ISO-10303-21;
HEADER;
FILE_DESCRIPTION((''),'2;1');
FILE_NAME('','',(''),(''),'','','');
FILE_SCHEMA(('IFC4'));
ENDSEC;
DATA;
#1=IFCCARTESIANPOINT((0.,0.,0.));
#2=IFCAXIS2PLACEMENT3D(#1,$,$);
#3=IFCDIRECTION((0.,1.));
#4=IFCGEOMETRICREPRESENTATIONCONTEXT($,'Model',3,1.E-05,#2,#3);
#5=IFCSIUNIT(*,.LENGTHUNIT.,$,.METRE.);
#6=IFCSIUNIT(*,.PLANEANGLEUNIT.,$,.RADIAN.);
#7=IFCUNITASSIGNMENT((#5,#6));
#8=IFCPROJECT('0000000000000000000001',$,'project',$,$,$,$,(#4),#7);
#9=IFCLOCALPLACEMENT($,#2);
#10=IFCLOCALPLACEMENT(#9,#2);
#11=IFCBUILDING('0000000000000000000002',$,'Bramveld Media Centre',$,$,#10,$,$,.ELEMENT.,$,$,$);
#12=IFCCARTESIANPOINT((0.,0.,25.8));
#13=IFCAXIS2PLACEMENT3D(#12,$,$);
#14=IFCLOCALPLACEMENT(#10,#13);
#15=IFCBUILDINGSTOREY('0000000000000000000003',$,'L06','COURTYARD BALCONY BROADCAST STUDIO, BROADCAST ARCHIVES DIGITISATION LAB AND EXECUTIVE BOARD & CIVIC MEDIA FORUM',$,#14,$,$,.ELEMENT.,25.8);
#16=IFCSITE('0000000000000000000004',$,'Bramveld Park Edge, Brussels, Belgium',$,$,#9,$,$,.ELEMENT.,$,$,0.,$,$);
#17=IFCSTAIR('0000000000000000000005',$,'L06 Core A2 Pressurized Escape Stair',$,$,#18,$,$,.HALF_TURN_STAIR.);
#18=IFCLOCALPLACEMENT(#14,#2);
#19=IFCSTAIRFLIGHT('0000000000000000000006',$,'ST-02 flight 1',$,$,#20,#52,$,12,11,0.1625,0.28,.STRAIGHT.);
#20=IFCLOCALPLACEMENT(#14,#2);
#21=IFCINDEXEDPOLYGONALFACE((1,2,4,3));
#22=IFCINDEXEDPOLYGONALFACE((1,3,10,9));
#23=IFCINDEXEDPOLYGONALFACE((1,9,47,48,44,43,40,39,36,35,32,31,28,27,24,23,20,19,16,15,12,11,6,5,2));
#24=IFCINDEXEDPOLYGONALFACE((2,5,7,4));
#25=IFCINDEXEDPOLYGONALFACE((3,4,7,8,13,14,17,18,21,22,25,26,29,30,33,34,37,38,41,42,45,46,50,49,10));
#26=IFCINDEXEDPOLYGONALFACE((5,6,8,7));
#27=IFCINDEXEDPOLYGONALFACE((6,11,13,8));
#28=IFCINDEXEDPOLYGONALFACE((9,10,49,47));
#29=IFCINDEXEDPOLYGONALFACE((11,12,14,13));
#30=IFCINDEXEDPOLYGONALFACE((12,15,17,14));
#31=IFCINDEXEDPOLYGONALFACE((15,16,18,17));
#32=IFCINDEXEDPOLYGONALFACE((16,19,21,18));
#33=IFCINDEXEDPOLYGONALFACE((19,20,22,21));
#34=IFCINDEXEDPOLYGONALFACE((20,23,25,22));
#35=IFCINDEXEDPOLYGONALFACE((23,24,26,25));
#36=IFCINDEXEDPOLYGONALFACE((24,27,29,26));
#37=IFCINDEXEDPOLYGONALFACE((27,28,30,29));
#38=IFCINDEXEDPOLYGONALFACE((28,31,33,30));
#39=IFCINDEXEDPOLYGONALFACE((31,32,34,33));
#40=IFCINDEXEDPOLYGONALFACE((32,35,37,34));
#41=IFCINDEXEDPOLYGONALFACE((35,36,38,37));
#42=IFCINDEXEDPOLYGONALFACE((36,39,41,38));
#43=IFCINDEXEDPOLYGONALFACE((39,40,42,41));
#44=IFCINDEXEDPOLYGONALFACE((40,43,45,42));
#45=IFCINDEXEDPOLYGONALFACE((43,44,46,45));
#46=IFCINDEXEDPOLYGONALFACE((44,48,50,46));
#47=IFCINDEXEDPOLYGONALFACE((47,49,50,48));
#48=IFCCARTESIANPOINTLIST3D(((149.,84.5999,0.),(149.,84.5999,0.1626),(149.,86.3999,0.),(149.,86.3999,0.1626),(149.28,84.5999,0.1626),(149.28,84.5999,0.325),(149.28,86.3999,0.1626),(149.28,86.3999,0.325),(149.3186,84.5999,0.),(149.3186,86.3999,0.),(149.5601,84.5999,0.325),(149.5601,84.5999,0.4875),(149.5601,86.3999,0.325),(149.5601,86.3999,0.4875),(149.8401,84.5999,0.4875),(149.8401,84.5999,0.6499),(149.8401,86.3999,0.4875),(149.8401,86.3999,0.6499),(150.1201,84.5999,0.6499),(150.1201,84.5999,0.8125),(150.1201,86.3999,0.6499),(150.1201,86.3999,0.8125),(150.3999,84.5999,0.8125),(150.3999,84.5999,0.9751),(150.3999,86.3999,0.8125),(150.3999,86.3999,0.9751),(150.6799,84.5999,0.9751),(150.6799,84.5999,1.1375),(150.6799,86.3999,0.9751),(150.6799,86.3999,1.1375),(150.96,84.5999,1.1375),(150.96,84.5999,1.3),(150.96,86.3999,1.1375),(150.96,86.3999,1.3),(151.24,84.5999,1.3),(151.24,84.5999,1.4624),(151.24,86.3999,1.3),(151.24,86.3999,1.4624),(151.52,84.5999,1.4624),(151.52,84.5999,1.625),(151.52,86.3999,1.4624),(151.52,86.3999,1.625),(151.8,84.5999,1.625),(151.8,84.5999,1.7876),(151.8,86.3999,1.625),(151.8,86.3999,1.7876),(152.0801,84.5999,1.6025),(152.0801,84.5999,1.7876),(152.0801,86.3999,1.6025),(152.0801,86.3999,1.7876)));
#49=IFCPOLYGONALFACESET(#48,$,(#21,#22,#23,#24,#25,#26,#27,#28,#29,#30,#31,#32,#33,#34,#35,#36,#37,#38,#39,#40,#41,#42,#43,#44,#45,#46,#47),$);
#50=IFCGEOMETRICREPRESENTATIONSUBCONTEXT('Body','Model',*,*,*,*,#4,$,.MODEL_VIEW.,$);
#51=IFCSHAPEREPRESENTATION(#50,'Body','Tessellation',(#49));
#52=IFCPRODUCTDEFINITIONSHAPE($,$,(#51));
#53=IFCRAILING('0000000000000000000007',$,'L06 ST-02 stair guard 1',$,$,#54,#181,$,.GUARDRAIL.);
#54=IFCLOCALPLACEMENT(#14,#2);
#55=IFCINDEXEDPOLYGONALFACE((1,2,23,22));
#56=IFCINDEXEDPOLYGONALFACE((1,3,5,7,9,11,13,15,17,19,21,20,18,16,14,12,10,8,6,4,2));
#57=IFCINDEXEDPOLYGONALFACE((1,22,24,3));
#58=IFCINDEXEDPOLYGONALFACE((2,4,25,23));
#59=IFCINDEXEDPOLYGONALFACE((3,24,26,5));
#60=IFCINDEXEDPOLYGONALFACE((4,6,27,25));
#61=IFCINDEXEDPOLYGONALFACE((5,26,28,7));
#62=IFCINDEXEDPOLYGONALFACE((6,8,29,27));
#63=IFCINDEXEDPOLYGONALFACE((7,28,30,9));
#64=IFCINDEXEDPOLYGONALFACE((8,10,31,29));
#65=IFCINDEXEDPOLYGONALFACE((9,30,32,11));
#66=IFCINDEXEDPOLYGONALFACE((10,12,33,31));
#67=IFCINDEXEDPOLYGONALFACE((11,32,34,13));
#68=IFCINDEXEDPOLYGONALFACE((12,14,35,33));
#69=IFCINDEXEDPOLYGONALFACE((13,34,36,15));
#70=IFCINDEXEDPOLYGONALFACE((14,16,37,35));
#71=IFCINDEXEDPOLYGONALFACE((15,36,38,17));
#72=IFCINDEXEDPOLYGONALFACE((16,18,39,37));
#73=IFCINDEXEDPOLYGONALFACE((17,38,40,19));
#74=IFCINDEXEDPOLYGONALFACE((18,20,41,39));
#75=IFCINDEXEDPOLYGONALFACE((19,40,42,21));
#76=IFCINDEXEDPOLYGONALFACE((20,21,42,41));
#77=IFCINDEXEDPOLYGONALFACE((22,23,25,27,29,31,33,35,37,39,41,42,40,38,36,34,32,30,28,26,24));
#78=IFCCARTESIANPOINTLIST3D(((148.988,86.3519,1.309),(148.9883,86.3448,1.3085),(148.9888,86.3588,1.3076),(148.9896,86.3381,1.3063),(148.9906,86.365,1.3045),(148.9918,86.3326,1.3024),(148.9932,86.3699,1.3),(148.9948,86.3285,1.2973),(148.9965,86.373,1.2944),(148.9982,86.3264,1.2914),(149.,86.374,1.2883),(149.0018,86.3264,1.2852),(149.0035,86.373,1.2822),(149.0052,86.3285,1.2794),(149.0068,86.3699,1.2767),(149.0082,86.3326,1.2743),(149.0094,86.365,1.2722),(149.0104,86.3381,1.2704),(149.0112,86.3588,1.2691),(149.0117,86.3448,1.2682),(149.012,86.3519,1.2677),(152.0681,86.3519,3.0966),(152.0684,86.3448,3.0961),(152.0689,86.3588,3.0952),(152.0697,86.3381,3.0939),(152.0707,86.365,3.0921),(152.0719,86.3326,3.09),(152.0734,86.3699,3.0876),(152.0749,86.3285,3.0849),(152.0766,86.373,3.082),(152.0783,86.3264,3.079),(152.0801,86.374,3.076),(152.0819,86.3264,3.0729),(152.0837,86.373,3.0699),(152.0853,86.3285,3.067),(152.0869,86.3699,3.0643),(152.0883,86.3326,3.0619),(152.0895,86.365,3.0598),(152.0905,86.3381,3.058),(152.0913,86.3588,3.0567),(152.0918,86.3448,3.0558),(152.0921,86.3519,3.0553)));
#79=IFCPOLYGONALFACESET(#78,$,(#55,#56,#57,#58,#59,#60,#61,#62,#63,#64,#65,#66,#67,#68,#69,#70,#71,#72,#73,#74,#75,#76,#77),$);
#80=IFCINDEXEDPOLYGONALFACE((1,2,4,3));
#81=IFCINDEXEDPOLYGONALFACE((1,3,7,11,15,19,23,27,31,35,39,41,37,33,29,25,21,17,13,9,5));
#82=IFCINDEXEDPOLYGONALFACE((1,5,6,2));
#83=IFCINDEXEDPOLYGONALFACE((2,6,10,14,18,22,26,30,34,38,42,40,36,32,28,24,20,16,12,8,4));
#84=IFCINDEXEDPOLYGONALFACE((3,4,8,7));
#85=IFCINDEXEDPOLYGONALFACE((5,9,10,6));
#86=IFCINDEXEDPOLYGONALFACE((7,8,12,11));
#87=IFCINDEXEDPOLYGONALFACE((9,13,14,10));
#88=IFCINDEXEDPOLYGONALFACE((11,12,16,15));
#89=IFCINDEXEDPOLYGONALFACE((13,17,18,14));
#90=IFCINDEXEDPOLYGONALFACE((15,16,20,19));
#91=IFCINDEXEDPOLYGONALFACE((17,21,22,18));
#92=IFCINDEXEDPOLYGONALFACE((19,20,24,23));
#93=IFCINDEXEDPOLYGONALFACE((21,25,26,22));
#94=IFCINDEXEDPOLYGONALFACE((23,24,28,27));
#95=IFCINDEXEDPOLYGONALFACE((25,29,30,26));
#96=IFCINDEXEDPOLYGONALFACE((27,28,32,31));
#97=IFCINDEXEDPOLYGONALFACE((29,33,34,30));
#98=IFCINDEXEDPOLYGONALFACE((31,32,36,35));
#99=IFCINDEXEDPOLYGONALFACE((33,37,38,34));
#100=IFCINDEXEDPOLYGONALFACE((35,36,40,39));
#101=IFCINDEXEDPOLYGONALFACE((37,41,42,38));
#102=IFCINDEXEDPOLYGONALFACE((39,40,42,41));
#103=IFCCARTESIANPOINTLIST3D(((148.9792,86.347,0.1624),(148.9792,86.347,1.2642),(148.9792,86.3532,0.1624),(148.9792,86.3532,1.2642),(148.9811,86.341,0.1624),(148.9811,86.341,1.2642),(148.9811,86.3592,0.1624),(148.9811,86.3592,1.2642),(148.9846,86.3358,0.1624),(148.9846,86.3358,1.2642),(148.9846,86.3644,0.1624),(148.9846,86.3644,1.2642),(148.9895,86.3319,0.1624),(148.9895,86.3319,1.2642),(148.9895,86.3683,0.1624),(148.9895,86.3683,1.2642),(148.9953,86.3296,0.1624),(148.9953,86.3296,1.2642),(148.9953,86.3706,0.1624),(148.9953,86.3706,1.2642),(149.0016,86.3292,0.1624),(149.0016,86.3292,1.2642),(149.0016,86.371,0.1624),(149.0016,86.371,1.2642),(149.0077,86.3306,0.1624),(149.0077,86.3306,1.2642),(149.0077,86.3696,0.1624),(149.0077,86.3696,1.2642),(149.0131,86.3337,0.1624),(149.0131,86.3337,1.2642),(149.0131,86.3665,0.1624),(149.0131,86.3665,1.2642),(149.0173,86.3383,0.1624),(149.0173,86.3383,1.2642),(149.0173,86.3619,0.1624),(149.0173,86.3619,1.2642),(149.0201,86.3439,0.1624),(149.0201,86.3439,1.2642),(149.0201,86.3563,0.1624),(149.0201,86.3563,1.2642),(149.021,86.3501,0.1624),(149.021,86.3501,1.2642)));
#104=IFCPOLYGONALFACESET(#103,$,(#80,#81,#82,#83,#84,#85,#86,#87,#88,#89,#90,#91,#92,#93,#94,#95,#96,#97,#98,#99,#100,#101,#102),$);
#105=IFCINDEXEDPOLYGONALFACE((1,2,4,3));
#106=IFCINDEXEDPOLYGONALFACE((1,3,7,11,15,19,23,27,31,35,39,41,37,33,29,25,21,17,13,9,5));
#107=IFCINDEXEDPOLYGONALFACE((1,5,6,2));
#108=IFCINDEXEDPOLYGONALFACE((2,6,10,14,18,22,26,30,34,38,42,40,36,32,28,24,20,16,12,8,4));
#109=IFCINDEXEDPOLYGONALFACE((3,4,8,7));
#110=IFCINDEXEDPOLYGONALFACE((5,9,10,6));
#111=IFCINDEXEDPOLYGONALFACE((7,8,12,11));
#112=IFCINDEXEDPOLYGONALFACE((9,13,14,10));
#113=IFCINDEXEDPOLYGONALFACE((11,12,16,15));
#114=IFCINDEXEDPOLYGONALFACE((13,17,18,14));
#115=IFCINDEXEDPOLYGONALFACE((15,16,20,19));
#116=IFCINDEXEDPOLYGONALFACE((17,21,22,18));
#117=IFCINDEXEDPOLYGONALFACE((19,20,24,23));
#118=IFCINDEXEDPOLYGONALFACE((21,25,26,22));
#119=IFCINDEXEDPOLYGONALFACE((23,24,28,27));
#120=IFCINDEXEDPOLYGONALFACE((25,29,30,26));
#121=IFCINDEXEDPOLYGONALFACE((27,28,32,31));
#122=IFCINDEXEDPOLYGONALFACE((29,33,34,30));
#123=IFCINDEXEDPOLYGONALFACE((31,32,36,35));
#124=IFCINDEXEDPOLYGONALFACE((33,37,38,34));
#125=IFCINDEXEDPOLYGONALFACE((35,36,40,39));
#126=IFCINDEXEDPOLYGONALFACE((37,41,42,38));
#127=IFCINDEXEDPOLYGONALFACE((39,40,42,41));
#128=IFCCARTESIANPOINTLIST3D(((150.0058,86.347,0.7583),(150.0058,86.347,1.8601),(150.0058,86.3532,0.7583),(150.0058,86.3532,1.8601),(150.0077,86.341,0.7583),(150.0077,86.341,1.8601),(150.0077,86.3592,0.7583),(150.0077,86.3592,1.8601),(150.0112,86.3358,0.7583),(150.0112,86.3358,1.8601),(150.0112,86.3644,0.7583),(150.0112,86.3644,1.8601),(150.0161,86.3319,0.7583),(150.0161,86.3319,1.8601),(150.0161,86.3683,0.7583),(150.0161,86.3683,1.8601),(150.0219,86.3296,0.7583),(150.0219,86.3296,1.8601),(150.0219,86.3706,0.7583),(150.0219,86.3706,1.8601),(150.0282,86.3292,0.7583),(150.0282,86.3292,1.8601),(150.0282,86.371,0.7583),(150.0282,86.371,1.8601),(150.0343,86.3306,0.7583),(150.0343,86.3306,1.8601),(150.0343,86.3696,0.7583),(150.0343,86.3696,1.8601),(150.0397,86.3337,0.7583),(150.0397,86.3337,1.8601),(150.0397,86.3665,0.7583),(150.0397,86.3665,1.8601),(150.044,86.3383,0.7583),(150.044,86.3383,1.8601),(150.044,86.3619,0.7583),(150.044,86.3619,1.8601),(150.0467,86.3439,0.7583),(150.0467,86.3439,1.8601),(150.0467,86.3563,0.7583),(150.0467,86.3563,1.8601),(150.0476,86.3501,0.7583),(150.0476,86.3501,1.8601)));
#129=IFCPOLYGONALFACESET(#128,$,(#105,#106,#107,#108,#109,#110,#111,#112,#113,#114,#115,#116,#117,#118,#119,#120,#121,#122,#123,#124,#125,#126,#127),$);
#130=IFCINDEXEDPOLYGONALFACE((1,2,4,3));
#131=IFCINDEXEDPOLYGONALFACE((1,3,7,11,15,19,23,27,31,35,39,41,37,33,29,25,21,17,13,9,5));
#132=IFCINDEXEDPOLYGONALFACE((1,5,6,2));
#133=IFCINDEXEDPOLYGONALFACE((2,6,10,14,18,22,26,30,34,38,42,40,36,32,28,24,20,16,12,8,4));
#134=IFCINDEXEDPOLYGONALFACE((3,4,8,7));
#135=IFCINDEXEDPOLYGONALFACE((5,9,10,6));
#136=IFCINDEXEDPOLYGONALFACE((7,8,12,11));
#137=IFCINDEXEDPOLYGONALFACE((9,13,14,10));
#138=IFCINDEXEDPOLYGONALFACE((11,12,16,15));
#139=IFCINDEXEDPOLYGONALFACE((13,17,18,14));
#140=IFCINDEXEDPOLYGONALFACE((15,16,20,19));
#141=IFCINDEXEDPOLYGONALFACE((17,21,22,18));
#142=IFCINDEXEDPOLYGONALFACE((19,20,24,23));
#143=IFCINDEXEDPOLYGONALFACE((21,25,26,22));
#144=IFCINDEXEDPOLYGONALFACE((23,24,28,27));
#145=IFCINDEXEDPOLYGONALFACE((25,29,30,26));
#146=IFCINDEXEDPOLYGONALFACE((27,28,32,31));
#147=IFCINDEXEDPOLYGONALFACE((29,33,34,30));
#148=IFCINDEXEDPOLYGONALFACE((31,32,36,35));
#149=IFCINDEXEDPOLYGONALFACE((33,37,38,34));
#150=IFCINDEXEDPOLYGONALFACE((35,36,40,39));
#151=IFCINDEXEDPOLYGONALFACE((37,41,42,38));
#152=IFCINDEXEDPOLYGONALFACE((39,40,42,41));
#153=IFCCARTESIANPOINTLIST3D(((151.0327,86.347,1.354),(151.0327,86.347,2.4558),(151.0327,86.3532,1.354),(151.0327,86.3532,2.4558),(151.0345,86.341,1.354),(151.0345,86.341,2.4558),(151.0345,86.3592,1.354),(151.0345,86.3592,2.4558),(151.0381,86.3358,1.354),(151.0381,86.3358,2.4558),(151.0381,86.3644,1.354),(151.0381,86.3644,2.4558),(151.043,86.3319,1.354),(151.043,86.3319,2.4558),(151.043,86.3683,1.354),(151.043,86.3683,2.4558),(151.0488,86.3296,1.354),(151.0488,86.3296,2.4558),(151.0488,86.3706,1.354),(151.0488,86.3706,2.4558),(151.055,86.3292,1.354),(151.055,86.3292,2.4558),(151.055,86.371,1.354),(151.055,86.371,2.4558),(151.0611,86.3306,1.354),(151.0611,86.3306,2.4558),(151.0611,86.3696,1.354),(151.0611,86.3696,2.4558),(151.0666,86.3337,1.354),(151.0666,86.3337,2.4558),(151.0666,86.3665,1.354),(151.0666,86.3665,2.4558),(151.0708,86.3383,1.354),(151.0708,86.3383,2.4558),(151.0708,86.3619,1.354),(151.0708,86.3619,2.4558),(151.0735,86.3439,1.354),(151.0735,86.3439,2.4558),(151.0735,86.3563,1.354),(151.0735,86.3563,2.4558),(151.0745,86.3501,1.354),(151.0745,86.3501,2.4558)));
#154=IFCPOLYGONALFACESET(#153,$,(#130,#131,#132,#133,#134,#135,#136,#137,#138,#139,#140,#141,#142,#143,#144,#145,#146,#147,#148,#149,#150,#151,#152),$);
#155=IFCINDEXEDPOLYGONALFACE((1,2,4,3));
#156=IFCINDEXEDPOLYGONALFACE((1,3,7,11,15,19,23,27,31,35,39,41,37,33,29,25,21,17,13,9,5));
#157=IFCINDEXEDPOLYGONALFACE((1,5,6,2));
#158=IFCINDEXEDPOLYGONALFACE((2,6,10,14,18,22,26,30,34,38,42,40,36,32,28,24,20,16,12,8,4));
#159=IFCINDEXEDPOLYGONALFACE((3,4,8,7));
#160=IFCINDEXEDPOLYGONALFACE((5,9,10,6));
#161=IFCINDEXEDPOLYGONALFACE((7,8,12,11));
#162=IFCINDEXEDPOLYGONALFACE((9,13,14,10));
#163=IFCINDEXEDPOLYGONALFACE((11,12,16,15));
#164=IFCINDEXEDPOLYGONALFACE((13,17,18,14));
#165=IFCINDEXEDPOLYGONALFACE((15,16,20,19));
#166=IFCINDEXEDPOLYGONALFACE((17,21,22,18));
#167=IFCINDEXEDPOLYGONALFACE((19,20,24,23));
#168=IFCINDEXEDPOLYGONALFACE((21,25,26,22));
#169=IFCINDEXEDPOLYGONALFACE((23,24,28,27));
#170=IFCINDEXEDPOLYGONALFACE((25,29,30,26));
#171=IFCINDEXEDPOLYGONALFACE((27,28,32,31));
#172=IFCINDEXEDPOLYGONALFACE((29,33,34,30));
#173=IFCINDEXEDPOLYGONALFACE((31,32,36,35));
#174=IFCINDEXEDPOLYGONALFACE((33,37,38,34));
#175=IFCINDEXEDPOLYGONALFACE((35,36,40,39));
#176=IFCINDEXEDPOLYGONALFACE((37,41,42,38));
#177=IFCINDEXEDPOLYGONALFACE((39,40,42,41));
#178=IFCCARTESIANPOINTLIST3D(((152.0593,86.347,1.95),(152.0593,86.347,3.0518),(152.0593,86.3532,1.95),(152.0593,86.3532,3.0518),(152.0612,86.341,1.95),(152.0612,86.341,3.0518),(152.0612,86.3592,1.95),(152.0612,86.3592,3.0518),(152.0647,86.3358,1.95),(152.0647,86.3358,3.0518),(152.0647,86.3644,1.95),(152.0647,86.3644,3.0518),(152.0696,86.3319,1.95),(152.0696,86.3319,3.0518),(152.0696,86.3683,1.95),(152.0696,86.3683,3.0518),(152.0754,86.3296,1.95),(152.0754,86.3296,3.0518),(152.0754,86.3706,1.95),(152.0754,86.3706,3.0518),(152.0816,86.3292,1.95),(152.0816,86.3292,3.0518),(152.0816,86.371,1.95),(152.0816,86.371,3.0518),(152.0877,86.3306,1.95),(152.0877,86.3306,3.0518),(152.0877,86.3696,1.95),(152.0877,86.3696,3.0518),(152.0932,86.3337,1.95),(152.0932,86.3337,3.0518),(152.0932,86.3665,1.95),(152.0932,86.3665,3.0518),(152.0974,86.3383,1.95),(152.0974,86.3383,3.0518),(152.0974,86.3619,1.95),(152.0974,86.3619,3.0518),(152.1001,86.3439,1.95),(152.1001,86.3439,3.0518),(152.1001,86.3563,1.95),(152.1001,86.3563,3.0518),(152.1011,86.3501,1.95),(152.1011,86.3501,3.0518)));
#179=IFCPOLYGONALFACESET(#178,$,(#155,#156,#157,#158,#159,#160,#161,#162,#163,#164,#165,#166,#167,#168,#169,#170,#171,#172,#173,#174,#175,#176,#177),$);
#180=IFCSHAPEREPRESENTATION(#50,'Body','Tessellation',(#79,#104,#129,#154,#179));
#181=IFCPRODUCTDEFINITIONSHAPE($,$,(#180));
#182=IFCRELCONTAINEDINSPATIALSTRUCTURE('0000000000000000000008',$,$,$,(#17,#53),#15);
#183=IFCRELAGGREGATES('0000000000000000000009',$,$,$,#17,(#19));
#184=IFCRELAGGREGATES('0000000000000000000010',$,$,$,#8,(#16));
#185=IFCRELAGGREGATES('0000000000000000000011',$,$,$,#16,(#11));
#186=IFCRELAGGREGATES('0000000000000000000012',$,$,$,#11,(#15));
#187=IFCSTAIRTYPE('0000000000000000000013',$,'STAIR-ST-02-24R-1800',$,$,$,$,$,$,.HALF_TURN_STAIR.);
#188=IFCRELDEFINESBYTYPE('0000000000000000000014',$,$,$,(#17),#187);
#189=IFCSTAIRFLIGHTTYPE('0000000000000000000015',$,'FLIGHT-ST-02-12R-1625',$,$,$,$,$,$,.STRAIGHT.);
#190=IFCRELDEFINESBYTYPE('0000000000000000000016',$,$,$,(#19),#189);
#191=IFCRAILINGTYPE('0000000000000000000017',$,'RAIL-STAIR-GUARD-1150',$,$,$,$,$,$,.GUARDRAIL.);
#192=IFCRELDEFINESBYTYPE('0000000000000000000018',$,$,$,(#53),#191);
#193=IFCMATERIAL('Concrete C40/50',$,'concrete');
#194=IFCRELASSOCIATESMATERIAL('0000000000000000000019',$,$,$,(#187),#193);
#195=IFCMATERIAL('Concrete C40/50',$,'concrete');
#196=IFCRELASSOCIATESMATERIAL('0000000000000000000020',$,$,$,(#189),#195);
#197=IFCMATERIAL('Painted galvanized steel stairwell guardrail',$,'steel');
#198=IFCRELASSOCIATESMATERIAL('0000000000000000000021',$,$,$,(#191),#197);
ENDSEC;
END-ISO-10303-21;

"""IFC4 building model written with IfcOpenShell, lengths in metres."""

from ifc_helpers import new_model, si_unit, direction, frame, origin, origin_2d, place, context, subcontext, project, spatial, polyline, circle, outline, extrude, material, type_object, element, aggregate, save


model = new_model("IFC4")

# Units and contexts
model_context = context("Model", 3, precision=1e-05, world=origin(), true_north=direction((0.0, 1.0)))
body_context = subcontext(model_context, "Body", "Model", "MODEL_VIEW")
ifc_project = project(units=[si_unit("LENGTHUNIT", "METRE"), si_unit("PLANEANGLEUNIT", "RADIAN")], contexts=[model_context])

# Site, building, storey
site_placement = place(None, origin())
site = spatial("IfcSite", under=ifc_project, at=site_placement, Name="Bramveld Park Edge, Brussels, Belgium", CompositionType="ELEMENT", RefElevation=0.0)
building_placement = place(site_placement, origin())
building = spatial("IfcBuilding", under=site, at=building_placement, Name="Bramveld Media Centre", CompositionType="ELEMENT")
storey_placement = place(building_placement, frame((0.0, 0.0, 25.8)))
storey = spatial("IfcBuildingStorey", under=building, at=storey_placement, Name="L06", Description="COURTYARD BALCONY BROADCAST STUDIO, BROADCAST ARCHIVES DIGITISATION LAB AND EXECUTIVE BOARD & CIVIC MEDIA FORUM", CompositionType="ELEMENT", Elevation=25.8)

# Stair, stair flight
ifc_material_1 = material(Name="Concrete C40/50", Category="concrete")
stair_type = type_object("IfcStairType", Name="STAIR-ST-02-24R-1800", PredefinedType="HALF_TURN_STAIR", material=ifc_material_1)
stair_placement = place(storey_placement, origin())
stair = element("IfcStair", 1, at=stair_placement, inside=storey, type_object=stair_type, Name="L06 Core A2 Pressurized Escape Stair", PredefinedType="HALF_TURN_STAIR")
ifc_material_2 = material(Name="Concrete C40/50", Category="concrete")
stair_flight_type = type_object("IfcStairFlightType", Name="FLIGHT-ST-02-12R-1625", PredefinedType="STRAIGHT", material=ifc_material_2)
stair_flight_placement = place(storey_placement, frame((149.0, 85.5, 0.0), z_axis=(0.0, 0.0, 1.0), x_axis=(1.0, 0.0, 0.0)))
stair_flight = element("IfcStairFlight", 2, at=stair_flight_placement, type_object=stair_flight_type, Name="ST-02 flight 1", NumberOfRisers=12, NumberOfTreads=11, PredefinedType="STRAIGHT", RiserHeight=0.1625, TreadLength=0.28, context=body_context, shape_type="SweptSolid", body=[
    extrude(outline(polyline([(0.0, 0.0), (0.0, 0.1626), (0.28, 0.1626), (0.28, 0.325), (0.5601, 0.325), (0.5601, 0.4875), (0.8401, 0.4875), (0.8401, 0.6499), (1.1201, 0.6499), (1.1201, 0.8125), (1.3999, 0.8125), (1.3999, 0.9751), (1.6799, 0.9751), (1.6799, 1.1375), (1.96, 1.1375), (1.96, 1.3), (2.24, 1.3), (2.24, 1.4624), (2.52, 1.4624), (2.52, 1.625), (2.8, 1.625), (2.8, 1.7876), (3.0801, 1.7876), (3.0801, 1.95), (3.0801, 1.6025), (0.3186, 0.0), (0.0, 0.0)])), frame((0.0, 0.8999, 0.0), z_axis=(0.0, -1.0, 0.0), x_axis=(1.0, 0.0, 0.0)), (0.0, 0.0, 1.0), 1.8),
])
aggregate(stair, [stair_flight])

# Railing
ifc_material_3 = material(Name="Painted galvanized steel stairwell guardrail", Category="steel")
railing_type_1 = type_object("IfcRailingType", Name="RAIL-STAIR-GUARD-1150", PredefinedType="GUARDRAIL", material=ifc_material_3)
railing_1_placement = place(storey_placement, frame((149.0, 86.3501, 0.1624)))
element("IfcRailing", 3, at=railing_1_placement, inside=storey, type_object=railing_type_1, Name="L06 ST-02 stair guard 1", PredefinedType="GUARDRAIL", context=body_context, shape_type="SweptSolid", body=[
    extrude(circle(Radius=0.0239, at=origin_2d()), frame((0.0, 0.0, 1.126), z_axis=(0.864891, 0.0, 0.50196), x_axis=(0.0, 1.0, 0.0)), (0.0, 0.0, 1.0), 3.5613),
    extrude(circle(Radius=0.021, at=origin_2d()), origin(), (0.0, 0.0, 1.0), 1.1018),
    extrude(circle(Radius=0.021, at=origin_2d()), frame((1.0266, 0.0, 0.5959)), (0.0, 0.0, 1.0), 1.1018),
    extrude(circle(Radius=0.021, at=origin_2d()), frame((2.0535, 0.0, 1.1917)), (0.0, 0.0, 1.0), 1.1018),
    extrude(circle(Radius=0.021, at=origin_2d()), frame((3.0801, 0.0, 1.7876)), (0.0, 0.0, 1.0), 1.1018),
])

save(model, "model.ifc")
